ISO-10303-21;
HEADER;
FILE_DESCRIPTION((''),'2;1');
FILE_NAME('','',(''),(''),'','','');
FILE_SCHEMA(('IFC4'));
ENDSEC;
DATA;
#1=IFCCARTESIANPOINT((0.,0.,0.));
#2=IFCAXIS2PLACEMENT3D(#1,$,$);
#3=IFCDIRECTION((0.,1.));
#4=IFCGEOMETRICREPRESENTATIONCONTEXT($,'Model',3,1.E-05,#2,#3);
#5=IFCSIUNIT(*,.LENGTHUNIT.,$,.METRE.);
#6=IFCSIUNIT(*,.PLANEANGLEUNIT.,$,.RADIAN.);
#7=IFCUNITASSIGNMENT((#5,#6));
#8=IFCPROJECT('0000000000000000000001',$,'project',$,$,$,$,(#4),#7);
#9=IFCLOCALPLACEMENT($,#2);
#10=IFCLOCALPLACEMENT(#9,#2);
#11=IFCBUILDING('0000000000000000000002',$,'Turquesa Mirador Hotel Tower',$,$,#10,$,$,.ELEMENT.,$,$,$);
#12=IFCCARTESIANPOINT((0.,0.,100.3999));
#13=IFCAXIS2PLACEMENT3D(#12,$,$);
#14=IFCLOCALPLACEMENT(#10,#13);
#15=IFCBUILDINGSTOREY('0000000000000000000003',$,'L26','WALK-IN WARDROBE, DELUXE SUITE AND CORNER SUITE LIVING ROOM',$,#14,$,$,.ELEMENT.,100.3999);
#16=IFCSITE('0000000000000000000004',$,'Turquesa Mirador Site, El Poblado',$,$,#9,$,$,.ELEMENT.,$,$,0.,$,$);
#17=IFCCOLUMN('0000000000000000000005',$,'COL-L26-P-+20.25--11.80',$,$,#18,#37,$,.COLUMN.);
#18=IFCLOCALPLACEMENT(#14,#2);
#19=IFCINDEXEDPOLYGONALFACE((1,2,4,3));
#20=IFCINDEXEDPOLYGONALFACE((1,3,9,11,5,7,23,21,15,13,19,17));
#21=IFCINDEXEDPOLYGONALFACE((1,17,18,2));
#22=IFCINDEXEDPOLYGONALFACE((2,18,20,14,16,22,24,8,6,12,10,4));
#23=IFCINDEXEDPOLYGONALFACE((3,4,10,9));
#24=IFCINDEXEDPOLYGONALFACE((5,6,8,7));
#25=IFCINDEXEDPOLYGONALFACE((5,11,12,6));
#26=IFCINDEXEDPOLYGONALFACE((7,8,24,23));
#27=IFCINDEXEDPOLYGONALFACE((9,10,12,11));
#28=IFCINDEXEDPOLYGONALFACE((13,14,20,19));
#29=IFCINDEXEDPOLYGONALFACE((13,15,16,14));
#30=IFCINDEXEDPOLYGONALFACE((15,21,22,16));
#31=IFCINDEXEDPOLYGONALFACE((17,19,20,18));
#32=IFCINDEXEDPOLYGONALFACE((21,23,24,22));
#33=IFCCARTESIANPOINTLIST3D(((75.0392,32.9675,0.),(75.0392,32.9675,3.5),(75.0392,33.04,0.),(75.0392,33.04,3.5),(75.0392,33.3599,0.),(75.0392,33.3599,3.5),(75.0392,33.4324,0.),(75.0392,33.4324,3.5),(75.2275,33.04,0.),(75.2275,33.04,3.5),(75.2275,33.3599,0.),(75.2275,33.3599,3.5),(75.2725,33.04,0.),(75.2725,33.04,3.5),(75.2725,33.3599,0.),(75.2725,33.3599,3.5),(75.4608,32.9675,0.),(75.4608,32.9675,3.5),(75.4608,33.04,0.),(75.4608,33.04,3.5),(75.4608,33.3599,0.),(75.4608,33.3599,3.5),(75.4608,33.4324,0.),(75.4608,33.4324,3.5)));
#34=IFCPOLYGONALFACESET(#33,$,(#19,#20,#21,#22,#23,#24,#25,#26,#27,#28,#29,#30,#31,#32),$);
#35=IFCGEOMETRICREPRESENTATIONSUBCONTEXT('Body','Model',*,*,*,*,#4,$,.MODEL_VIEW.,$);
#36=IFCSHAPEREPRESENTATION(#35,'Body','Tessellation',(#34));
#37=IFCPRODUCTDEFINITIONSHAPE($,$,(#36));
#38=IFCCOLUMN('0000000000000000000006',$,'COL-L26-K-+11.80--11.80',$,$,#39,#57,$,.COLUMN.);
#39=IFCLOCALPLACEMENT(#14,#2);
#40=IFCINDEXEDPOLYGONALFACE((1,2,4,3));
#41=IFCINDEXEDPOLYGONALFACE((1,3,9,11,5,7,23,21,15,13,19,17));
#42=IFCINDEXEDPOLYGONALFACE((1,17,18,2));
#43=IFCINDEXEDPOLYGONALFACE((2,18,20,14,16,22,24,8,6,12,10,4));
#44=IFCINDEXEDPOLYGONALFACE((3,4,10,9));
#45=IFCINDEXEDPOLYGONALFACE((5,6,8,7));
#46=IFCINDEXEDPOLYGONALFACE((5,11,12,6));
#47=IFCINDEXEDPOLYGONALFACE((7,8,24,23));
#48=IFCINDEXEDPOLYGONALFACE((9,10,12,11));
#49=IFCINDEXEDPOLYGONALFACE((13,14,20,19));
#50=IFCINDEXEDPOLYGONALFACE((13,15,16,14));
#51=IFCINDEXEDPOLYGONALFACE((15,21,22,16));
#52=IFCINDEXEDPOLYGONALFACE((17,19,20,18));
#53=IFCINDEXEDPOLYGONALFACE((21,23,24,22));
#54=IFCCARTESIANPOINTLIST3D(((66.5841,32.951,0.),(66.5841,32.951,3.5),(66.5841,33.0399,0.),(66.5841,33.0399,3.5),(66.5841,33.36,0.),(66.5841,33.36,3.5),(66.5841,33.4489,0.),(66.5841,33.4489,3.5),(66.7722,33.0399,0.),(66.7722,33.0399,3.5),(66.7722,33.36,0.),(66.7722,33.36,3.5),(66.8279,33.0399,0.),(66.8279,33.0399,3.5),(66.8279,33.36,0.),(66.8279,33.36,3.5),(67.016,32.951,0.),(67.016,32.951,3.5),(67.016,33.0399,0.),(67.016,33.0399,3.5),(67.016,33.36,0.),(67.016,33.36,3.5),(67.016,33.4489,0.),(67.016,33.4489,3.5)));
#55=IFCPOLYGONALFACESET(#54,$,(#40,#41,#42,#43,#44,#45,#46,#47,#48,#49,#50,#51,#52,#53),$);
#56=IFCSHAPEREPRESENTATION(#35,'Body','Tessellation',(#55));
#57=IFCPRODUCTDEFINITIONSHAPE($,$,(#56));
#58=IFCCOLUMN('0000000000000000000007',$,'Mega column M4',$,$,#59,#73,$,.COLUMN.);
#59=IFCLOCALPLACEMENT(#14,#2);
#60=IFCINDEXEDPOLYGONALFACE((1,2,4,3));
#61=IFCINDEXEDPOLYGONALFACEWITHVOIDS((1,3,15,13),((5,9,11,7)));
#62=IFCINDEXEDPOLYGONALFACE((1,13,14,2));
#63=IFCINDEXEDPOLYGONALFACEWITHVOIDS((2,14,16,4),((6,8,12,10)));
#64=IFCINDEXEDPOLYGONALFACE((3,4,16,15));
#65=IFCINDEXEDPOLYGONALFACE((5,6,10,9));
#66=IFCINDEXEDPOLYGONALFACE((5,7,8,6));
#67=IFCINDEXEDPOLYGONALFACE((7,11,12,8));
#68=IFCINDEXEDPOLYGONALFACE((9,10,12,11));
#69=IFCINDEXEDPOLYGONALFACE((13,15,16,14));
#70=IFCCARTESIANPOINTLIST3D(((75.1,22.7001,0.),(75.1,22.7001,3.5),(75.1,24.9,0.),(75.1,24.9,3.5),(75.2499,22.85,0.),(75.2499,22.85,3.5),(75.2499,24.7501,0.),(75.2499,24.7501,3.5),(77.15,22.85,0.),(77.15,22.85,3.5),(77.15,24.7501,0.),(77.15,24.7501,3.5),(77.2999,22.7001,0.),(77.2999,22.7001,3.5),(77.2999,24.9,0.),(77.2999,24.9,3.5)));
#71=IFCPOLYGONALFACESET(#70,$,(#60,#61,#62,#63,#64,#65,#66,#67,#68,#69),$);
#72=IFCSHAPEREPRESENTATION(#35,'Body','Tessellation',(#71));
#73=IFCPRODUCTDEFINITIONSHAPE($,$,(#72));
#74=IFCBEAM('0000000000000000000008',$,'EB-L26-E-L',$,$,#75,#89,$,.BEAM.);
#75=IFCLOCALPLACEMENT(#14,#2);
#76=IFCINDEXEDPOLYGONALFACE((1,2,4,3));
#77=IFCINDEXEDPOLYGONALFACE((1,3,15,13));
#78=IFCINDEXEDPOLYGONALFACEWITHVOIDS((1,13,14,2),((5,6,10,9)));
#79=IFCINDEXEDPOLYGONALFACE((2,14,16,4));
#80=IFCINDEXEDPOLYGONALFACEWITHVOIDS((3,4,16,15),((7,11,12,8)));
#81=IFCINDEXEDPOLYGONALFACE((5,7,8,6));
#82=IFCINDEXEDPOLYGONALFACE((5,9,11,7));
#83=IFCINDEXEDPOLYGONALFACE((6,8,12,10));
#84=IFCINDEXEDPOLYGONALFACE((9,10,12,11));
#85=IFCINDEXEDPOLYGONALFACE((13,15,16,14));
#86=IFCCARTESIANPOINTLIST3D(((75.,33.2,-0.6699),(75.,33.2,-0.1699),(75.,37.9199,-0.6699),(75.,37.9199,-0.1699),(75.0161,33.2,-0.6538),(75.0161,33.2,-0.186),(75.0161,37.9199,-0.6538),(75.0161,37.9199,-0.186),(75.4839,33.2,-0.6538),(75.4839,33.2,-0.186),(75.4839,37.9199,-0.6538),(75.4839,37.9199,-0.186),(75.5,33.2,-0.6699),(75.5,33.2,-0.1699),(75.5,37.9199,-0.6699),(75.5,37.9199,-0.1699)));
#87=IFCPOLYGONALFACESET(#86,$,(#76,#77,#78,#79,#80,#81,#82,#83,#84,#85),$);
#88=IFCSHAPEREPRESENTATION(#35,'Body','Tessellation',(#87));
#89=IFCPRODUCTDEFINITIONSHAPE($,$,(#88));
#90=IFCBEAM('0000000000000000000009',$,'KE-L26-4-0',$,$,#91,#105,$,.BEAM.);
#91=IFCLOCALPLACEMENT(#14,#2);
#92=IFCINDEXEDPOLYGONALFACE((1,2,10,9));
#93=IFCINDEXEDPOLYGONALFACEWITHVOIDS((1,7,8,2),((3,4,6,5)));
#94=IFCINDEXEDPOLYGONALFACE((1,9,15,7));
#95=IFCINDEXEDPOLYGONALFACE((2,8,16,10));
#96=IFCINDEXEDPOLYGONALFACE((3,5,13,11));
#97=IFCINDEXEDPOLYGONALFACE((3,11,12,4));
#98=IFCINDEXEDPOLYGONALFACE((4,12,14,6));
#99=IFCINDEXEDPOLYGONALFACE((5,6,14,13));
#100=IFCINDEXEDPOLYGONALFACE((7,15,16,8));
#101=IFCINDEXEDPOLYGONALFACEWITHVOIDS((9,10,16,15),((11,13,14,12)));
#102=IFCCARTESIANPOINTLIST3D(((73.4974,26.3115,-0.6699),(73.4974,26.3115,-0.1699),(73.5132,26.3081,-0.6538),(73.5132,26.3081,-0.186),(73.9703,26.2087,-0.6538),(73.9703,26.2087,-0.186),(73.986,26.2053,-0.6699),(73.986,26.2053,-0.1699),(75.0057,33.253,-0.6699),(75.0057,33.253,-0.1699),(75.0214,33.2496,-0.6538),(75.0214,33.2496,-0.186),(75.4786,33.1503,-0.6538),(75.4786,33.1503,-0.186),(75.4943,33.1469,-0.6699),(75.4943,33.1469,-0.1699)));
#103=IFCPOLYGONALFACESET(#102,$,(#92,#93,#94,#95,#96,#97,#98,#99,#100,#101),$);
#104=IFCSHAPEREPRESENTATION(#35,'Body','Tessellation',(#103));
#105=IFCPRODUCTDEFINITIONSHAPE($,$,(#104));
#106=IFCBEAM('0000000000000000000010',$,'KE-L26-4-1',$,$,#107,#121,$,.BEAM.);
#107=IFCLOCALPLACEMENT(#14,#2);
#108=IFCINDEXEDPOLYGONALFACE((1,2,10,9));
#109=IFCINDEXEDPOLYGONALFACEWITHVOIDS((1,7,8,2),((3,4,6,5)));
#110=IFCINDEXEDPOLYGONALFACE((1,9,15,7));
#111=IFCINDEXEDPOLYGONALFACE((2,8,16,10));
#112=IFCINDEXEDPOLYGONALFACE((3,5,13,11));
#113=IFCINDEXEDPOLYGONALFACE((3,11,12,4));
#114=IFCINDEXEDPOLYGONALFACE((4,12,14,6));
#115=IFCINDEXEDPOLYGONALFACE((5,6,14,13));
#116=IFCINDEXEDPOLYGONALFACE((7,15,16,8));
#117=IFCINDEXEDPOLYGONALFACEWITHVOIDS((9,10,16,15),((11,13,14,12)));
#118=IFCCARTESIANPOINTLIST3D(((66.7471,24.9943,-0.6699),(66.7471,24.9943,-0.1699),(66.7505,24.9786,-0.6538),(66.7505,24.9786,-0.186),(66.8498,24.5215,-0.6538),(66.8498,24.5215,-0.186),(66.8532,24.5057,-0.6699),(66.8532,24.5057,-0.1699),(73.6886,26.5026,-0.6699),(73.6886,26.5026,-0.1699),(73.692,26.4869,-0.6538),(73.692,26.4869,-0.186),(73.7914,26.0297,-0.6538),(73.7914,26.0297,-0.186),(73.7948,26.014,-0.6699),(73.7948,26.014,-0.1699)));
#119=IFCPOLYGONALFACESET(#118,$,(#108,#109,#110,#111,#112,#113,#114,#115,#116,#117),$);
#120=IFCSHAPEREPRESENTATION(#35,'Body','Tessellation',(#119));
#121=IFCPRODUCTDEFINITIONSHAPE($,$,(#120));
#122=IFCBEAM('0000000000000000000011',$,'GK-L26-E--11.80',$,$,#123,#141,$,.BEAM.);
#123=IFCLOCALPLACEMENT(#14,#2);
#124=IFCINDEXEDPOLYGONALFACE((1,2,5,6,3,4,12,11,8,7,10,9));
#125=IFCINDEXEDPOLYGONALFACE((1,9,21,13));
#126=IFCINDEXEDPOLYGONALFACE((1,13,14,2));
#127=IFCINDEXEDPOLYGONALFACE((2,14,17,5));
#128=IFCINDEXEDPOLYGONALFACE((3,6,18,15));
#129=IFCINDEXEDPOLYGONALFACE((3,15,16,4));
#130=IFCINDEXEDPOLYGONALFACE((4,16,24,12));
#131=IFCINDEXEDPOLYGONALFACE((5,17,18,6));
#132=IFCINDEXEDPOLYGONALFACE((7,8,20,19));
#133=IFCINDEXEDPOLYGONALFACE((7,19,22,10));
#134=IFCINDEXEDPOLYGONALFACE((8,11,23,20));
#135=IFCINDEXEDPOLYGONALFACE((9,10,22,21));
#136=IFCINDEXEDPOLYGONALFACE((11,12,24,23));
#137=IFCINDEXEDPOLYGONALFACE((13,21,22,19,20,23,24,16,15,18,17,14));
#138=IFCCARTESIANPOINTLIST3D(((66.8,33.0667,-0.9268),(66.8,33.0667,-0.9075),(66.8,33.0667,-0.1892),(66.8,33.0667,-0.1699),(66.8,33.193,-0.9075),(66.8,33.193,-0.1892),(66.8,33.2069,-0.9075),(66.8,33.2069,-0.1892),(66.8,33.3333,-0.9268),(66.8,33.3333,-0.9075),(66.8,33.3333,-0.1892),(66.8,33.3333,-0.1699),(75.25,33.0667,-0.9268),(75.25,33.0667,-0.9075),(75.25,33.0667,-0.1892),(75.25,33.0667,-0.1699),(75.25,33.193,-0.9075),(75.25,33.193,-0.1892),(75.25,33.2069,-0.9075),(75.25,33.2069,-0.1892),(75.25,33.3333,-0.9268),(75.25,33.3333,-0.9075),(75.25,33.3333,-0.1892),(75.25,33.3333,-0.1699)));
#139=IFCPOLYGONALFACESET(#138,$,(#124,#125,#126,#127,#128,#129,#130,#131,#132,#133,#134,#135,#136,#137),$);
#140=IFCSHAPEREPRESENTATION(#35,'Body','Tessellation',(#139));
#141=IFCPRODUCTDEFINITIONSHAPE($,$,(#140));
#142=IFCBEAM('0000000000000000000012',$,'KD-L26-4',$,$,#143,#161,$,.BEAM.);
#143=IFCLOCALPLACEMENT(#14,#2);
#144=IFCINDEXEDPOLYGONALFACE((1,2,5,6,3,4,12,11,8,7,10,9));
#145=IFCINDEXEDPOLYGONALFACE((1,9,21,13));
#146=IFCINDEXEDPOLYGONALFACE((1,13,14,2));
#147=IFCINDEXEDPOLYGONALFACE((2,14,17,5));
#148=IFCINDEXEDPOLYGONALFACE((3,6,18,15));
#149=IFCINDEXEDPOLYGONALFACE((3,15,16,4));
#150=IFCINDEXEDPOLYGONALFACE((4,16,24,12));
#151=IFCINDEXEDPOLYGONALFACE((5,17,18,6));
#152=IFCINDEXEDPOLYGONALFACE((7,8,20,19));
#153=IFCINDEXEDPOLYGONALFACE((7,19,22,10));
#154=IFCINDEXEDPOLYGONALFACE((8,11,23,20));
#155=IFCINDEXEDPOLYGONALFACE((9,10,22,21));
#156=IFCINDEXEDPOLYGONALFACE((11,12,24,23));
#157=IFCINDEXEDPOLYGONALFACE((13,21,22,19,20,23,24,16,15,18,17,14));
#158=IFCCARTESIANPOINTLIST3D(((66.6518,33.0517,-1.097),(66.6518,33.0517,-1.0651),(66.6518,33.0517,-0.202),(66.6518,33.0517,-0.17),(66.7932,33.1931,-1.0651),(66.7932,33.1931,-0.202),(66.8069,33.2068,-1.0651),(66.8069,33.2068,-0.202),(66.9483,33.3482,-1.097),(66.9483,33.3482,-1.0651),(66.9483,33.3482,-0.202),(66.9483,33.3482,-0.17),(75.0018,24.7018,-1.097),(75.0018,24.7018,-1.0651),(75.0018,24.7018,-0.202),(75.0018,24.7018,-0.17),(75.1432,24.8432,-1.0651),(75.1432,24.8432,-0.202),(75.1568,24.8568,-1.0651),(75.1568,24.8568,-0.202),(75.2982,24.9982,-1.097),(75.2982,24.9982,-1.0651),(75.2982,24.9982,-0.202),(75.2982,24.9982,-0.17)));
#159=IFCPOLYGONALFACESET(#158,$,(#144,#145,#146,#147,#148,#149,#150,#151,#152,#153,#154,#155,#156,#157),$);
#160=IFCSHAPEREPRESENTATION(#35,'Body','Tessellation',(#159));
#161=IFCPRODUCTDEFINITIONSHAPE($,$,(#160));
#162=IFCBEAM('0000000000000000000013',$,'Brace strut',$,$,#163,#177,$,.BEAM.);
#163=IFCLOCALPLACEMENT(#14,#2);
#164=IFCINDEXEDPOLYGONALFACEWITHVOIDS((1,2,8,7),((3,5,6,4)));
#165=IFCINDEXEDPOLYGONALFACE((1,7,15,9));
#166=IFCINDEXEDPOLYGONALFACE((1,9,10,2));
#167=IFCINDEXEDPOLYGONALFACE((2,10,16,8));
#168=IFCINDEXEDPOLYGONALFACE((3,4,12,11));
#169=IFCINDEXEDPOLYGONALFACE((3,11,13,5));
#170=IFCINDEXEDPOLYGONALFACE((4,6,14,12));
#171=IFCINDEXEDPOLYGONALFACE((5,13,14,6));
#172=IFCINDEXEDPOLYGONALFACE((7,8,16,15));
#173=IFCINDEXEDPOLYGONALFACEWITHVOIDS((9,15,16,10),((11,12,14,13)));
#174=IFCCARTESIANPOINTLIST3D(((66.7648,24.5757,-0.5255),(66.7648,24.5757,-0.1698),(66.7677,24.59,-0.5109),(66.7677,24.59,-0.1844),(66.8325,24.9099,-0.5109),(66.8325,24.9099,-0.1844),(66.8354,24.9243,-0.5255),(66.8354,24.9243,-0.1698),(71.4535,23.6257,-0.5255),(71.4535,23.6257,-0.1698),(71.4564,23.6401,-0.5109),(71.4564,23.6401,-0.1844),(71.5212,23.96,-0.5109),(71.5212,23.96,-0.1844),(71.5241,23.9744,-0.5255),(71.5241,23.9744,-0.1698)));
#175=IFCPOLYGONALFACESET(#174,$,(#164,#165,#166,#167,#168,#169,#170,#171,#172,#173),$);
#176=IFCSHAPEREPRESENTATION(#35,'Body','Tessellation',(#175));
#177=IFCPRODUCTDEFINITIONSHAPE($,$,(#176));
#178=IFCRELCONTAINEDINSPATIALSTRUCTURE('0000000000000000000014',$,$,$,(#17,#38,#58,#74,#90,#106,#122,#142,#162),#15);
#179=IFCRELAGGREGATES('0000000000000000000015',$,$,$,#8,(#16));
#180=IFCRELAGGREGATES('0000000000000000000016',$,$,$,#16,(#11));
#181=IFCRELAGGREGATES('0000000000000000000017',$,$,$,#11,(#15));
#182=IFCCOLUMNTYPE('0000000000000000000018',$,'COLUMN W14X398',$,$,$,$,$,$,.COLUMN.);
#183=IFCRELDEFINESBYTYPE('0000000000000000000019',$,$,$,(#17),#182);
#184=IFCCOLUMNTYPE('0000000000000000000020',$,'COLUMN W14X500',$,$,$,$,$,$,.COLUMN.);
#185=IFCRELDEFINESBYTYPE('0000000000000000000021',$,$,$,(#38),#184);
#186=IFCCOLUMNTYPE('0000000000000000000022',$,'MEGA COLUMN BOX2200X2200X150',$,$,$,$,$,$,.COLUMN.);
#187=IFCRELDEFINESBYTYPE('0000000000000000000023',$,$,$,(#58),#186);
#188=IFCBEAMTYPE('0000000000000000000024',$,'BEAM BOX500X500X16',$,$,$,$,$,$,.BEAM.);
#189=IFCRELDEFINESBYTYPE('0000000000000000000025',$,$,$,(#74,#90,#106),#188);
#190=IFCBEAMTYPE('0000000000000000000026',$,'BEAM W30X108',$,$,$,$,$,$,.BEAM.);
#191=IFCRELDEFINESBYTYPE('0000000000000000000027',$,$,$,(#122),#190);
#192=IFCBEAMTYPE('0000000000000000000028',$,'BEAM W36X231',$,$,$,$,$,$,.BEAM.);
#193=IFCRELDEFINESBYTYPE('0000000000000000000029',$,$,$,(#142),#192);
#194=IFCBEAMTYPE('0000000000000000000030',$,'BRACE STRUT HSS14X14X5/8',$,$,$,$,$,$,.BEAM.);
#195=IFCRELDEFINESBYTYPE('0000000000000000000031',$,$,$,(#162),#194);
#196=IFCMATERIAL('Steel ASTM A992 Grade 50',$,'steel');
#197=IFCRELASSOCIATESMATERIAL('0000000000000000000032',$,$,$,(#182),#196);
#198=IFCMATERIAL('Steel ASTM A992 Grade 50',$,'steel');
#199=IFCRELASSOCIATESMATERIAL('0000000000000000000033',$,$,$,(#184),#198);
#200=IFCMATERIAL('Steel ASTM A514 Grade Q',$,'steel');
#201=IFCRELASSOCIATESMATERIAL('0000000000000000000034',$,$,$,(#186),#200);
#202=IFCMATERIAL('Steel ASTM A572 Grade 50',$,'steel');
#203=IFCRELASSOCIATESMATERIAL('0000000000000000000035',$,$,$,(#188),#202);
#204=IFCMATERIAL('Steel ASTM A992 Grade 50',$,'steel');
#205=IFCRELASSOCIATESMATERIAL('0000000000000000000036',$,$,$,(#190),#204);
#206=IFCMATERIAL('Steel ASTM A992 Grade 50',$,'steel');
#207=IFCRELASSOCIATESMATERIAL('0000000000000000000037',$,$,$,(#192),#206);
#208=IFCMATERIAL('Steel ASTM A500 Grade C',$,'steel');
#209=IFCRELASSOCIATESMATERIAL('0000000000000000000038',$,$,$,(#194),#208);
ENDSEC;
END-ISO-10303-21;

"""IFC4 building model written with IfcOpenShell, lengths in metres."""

from ifc_helpers import new_model, si_unit, direction, frame, origin, origin_2d, place, context, subcontext, project, spatial, hollow_rectangle, i_section, extrude, material, material_profile, profile_set, type_object, element, save


model = new_model("IFC4")

# Units and contexts
model_context = context("Model", 3, precision=1e-05, world=origin(), true_north=direction((0.0, 1.0)))
body_context = subcontext(model_context, "Body", "Model", "MODEL_VIEW")
ifc_project = project(units=[si_unit("LENGTHUNIT", "METRE"), si_unit("PLANEANGLEUNIT", "RADIAN")], contexts=[model_context])

# Site, building, storey
site_placement = place(None, origin())
site = spatial("IfcSite", under=ifc_project, at=site_placement, Name="Turquesa Mirador Site, El Poblado", CompositionType="ELEMENT", RefElevation=0.0)
building_placement = place(site_placement, origin())
building = spatial("IfcBuilding", under=site, at=building_placement, Name="Turquesa Mirador Hotel Tower", CompositionType="ELEMENT")
storey_placement = place(building_placement, frame((0.0, 0.0, 100.3999)))
storey = spatial("IfcBuildingStorey", under=building, at=storey_placement, Name="L26", Description="WALK-IN WARDROBE, DELUXE SUITE AND CORNER SUITE LIVING ROOM", CompositionType="ELEMENT", Elevation=100.3999)

# Columns
ifc_material_1 = material(Name="Steel ASTM A992 Grade 50", Category="steel")
ifc_material_profile_1 = material_profile(ifc_material_1, i_section(OverallWidth=0.4216, OverallDepth=0.4648, WebThickness=0.0449, FlangeThickness=0.0725, at=origin_2d()), Name="W14X398")
ifc_profile_set_1 = profile_set([ifc_material_profile_1], Name="Steel ASTM A992 Grade 50")
column_type_1 = type_object("IfcColumnType", Name="COLUMN W14X398", PredefinedType="COLUMN", material=ifc_profile_set_1)
column_1_placement = place(storey_placement, frame((75.25, 33.2, 0.0), z_axis=(0.0, 0.0, 1.0), x_axis=(1.0, 0.0, 0.0)))
element("IfcColumn", 1, at=column_1_placement, inside=storey, type_object=column_type_1, Name="COL-L26-P-+20.25--11.80", PredefinedType="COLUMN", context=body_context, shape_type="SweptSolid", body=[
    extrude(i_section(OverallWidth=0.4216, OverallDepth=0.4648, WebThickness=0.0449, FlangeThickness=0.0725, at=origin_2d()), origin(), (0.0, 0.0, 1.0), 3.5),
])
ifc_material_2 = material(Name="Steel ASTM A992 Grade 50", Category="steel")
ifc_material_profile_2 = material_profile(ifc_material_2, i_section(OverallWidth=0.4319, OverallDepth=0.4978, WebThickness=0.0557, FlangeThickness=0.0889, at=origin_2d()), Name="W14X500")
ifc_profile_set_2 = profile_set([ifc_material_profile_2], Name="Steel ASTM A992 Grade 50")
column_type_2 = type_object("IfcColumnType", Name="COLUMN W14X500", PredefinedType="COLUMN", material=ifc_profile_set_2)
column_2_placement = place(storey_placement, frame((66.8, 33.2, 0.0), z_axis=(0.0, 0.0, 1.0), x_axis=(1.0, 0.0, 0.0)))
element("IfcColumn", 2, at=column_2_placement, inside=storey, type_object=column_type_2, Name="COL-L26-K-+11.80--11.80", PredefinedType="COLUMN", context=body_context, shape_type="SweptSolid", body=[
    extrude(i_section(OverallWidth=0.4319, OverallDepth=0.4978, WebThickness=0.0557, FlangeThickness=0.0889, at=origin_2d()), origin(), (0.0, 0.0, 1.0), 3.5),
])
ifc_material_3 = material(Name="Steel ASTM A514 Grade Q", Category="steel")
ifc_material_profile_3 = material_profile(ifc_material_3, hollow_rectangle(XDim=2.2, YDim=2.2, WallThickness=0.1499, at=origin_2d()), Name="BOX2200X2200X150")
ifc_profile_set_3 = profile_set([ifc_material_profile_3], Name="Steel ASTM A514 Grade Q")
column_type_3 = type_object("IfcColumnType", Name="MEGA COLUMN BOX2200X2200X150", PredefinedType="COLUMN", material=ifc_profile_set_3)
column_3_placement = place(storey_placement, frame((76.2, 23.8, 0.0), z_axis=(0.0, 0.0, 1.0), x_axis=(1.0, 0.0, 0.0)))
element("IfcColumn", 3, at=column_3_placement, inside=storey, type_object=column_type_3, Name="Mega column M4", PredefinedType="COLUMN", context=body_context, shape_type="SweptSolid", body=[
    extrude(hollow_rectangle(XDim=2.2, YDim=2.2, WallThickness=0.1499, at=origin_2d()), origin(), (0.0, 0.0, 1.0), 3.5),
])

# Beams
ifc_material_4 = material(Name="Steel ASTM A572 Grade 50", Category="steel")
ifc_material_profile_4 = material_profile(ifc_material_4, hollow_rectangle(XDim=0.5, YDim=0.5, WallThickness=0.0161, at=origin_2d()), Name="BOX500X500X16")
ifc_profile_set_4 = profile_set([ifc_material_profile_4], Name="Steel ASTM A572 Grade 50")
beam_type_1 = type_object("IfcBeamType", Name="BEAM BOX500X500X16", PredefinedType="BEAM", material=ifc_profile_set_4)
beam_1_placement = place(storey_placement, frame((75.25, 33.2, -0.4199), z_axis=(0.0, 1.0, 0.0), x_axis=(-1.0, 0.0, 0.0)))
element("IfcBeam", 4, at=beam_1_placement, inside=storey, type_object=beam_type_1, Name="EB-L26-E-L", PredefinedType="BEAM", context=body_context, shape_type="SweptSolid", body=[
    extrude(hollow_rectangle(XDim=0.5, YDim=0.5, WallThickness=0.0161, at=origin_2d()), origin(), (0.0, 0.0, 1.0), 4.72),
])
for number, where, z_axis, x_axis, name in (
    (5, (75.25, 33.2, -0.4199), (-0.212328, -0.977198, 0.0), (0.977198, -0.212328, 0.0), "KE-L26-4-0"),
    (6, (73.7417, 26.2583, -0.4199), (-0.977198, -0.212328, 0.0), (0.212328, -0.977198, 0.0), "KE-L26-4-1"),
):
    element("IfcBeam", number, at=place(storey_placement, frame(where, z_axis=z_axis, x_axis=x_axis)), inside=storey, type_object=beam_type_1, Name=name, PredefinedType="BEAM", context=body_context, shape_type="SweptSolid", body=[
        extrude(hollow_rectangle(XDim=0.5, YDim=0.5, WallThickness=0.0161, at=origin_2d()), origin(), (0.0, 0.0, 1.0), 7.1035),
    ])
ifc_material_5 = material(Name="Steel ASTM A992 Grade 50", Category="steel")
ifc_material_profile_5 = material_profile(ifc_material_5, i_section(OverallWidth=0.2666, OverallDepth=0.7568, WebThickness=0.0139, FlangeThickness=0.0193, at=origin_2d()), Name="W30X108")
ifc_profile_set_5 = profile_set([ifc_material_profile_5], Name="Steel ASTM A992 Grade 50")
beam_type_2 = type_object("IfcBeamType", Name="BEAM W30X108", PredefinedType="BEAM", material=ifc_profile_set_5)
beam_2_placement = place(storey_placement, frame((75.25, 33.2, -0.5483), z_axis=(-1.0, 0.0, 0.0), x_axis=(0.0, -1.0, 0.0)))
element("IfcBeam", 7, at=beam_2_placement, inside=storey, type_object=beam_type_2, Name="GK-L26-E--11.80", PredefinedType="BEAM", context=body_context, shape_type="SweptSolid", body=[
    extrude(i_section(OverallWidth=0.2666, OverallDepth=0.7568, WebThickness=0.0139, FlangeThickness=0.0193, at=origin_2d()), origin(), (0.0, 0.0, 1.0), 8.45),
])
ifc_material_6 = material(Name="Steel ASTM A992 Grade 50", Category="steel")
ifc_material_profile_6 = material_profile(ifc_material_6, i_section(OverallWidth=0.4192, OverallDepth=0.927, WebThickness=0.0193, FlangeThickness=0.032, at=origin_2d()), Name="W36X231")
ifc_profile_set_6 = profile_set([ifc_material_profile_6], Name="Steel ASTM A992 Grade 50")
beam_type_3 = type_object("IfcBeamType", Name="BEAM W36X231", PredefinedType="BEAM", material=ifc_profile_set_6)
beam_3_placement = place(storey_placement, frame((66.8, 33.2, -0.6335), z_axis=(0.707107, -0.707107, 0.0), x_axis=(0.707107, 0.707107, 0.0)))
element("IfcBeam", 8, at=beam_3_placement, inside=storey, type_object=beam_type_3, Name="KD-L26-4", PredefinedType="BEAM", context=body_context, shape_type="SweptSolid", body=[
    extrude(i_section(OverallWidth=0.4192, OverallDepth=0.927, WebThickness=0.0193, FlangeThickness=0.032, at=origin_2d()), origin(), (0.0, 0.0, 1.0), 11.8086),
])
ifc_material_7 = material(Name="Steel ASTM A500 Grade C", Category="steel")
ifc_material_profile_7 = material_profile(ifc_material_7, hollow_rectangle(XDim=0.3557, YDim=0.3557, WallThickness=0.0146, at=origin_2d()), Name="HSS14X14X5/8")
ifc_profile_set_7 = profile_set([ifc_material_profile_7], Name="Steel ASTM A500 Grade C")
beam_type_4 = type_object("IfcBeamType", Name="BRACE STRUT HSS14X14X5/8", PredefinedType="BEAM", material=ifc_profile_set_7)
for number, where, z_axis, x_axis, name in (
    (9, (71.4888, 23.8, -0.3477), (-0.980087, 0.198569, 0.0), (-0.198569, -0.980087, 0.0), "Brace strut"),
):
    element("IfcBeam", number, at=place(storey_placement, frame(where, z_axis=z_axis, x_axis=x_axis)), inside=storey, type_object=beam_type_4, Name=name, PredefinedType="BEAM", context=body_context, shape_type="SweptSolid", body=[
        extrude(hollow_rectangle(XDim=0.3557, YDim=0.3557, WallThickness=0.0146, at=origin_2d()), origin(), (0.0, 0.0, 1.0), 4.7839),
    ])

save(model, "model.ifc")
